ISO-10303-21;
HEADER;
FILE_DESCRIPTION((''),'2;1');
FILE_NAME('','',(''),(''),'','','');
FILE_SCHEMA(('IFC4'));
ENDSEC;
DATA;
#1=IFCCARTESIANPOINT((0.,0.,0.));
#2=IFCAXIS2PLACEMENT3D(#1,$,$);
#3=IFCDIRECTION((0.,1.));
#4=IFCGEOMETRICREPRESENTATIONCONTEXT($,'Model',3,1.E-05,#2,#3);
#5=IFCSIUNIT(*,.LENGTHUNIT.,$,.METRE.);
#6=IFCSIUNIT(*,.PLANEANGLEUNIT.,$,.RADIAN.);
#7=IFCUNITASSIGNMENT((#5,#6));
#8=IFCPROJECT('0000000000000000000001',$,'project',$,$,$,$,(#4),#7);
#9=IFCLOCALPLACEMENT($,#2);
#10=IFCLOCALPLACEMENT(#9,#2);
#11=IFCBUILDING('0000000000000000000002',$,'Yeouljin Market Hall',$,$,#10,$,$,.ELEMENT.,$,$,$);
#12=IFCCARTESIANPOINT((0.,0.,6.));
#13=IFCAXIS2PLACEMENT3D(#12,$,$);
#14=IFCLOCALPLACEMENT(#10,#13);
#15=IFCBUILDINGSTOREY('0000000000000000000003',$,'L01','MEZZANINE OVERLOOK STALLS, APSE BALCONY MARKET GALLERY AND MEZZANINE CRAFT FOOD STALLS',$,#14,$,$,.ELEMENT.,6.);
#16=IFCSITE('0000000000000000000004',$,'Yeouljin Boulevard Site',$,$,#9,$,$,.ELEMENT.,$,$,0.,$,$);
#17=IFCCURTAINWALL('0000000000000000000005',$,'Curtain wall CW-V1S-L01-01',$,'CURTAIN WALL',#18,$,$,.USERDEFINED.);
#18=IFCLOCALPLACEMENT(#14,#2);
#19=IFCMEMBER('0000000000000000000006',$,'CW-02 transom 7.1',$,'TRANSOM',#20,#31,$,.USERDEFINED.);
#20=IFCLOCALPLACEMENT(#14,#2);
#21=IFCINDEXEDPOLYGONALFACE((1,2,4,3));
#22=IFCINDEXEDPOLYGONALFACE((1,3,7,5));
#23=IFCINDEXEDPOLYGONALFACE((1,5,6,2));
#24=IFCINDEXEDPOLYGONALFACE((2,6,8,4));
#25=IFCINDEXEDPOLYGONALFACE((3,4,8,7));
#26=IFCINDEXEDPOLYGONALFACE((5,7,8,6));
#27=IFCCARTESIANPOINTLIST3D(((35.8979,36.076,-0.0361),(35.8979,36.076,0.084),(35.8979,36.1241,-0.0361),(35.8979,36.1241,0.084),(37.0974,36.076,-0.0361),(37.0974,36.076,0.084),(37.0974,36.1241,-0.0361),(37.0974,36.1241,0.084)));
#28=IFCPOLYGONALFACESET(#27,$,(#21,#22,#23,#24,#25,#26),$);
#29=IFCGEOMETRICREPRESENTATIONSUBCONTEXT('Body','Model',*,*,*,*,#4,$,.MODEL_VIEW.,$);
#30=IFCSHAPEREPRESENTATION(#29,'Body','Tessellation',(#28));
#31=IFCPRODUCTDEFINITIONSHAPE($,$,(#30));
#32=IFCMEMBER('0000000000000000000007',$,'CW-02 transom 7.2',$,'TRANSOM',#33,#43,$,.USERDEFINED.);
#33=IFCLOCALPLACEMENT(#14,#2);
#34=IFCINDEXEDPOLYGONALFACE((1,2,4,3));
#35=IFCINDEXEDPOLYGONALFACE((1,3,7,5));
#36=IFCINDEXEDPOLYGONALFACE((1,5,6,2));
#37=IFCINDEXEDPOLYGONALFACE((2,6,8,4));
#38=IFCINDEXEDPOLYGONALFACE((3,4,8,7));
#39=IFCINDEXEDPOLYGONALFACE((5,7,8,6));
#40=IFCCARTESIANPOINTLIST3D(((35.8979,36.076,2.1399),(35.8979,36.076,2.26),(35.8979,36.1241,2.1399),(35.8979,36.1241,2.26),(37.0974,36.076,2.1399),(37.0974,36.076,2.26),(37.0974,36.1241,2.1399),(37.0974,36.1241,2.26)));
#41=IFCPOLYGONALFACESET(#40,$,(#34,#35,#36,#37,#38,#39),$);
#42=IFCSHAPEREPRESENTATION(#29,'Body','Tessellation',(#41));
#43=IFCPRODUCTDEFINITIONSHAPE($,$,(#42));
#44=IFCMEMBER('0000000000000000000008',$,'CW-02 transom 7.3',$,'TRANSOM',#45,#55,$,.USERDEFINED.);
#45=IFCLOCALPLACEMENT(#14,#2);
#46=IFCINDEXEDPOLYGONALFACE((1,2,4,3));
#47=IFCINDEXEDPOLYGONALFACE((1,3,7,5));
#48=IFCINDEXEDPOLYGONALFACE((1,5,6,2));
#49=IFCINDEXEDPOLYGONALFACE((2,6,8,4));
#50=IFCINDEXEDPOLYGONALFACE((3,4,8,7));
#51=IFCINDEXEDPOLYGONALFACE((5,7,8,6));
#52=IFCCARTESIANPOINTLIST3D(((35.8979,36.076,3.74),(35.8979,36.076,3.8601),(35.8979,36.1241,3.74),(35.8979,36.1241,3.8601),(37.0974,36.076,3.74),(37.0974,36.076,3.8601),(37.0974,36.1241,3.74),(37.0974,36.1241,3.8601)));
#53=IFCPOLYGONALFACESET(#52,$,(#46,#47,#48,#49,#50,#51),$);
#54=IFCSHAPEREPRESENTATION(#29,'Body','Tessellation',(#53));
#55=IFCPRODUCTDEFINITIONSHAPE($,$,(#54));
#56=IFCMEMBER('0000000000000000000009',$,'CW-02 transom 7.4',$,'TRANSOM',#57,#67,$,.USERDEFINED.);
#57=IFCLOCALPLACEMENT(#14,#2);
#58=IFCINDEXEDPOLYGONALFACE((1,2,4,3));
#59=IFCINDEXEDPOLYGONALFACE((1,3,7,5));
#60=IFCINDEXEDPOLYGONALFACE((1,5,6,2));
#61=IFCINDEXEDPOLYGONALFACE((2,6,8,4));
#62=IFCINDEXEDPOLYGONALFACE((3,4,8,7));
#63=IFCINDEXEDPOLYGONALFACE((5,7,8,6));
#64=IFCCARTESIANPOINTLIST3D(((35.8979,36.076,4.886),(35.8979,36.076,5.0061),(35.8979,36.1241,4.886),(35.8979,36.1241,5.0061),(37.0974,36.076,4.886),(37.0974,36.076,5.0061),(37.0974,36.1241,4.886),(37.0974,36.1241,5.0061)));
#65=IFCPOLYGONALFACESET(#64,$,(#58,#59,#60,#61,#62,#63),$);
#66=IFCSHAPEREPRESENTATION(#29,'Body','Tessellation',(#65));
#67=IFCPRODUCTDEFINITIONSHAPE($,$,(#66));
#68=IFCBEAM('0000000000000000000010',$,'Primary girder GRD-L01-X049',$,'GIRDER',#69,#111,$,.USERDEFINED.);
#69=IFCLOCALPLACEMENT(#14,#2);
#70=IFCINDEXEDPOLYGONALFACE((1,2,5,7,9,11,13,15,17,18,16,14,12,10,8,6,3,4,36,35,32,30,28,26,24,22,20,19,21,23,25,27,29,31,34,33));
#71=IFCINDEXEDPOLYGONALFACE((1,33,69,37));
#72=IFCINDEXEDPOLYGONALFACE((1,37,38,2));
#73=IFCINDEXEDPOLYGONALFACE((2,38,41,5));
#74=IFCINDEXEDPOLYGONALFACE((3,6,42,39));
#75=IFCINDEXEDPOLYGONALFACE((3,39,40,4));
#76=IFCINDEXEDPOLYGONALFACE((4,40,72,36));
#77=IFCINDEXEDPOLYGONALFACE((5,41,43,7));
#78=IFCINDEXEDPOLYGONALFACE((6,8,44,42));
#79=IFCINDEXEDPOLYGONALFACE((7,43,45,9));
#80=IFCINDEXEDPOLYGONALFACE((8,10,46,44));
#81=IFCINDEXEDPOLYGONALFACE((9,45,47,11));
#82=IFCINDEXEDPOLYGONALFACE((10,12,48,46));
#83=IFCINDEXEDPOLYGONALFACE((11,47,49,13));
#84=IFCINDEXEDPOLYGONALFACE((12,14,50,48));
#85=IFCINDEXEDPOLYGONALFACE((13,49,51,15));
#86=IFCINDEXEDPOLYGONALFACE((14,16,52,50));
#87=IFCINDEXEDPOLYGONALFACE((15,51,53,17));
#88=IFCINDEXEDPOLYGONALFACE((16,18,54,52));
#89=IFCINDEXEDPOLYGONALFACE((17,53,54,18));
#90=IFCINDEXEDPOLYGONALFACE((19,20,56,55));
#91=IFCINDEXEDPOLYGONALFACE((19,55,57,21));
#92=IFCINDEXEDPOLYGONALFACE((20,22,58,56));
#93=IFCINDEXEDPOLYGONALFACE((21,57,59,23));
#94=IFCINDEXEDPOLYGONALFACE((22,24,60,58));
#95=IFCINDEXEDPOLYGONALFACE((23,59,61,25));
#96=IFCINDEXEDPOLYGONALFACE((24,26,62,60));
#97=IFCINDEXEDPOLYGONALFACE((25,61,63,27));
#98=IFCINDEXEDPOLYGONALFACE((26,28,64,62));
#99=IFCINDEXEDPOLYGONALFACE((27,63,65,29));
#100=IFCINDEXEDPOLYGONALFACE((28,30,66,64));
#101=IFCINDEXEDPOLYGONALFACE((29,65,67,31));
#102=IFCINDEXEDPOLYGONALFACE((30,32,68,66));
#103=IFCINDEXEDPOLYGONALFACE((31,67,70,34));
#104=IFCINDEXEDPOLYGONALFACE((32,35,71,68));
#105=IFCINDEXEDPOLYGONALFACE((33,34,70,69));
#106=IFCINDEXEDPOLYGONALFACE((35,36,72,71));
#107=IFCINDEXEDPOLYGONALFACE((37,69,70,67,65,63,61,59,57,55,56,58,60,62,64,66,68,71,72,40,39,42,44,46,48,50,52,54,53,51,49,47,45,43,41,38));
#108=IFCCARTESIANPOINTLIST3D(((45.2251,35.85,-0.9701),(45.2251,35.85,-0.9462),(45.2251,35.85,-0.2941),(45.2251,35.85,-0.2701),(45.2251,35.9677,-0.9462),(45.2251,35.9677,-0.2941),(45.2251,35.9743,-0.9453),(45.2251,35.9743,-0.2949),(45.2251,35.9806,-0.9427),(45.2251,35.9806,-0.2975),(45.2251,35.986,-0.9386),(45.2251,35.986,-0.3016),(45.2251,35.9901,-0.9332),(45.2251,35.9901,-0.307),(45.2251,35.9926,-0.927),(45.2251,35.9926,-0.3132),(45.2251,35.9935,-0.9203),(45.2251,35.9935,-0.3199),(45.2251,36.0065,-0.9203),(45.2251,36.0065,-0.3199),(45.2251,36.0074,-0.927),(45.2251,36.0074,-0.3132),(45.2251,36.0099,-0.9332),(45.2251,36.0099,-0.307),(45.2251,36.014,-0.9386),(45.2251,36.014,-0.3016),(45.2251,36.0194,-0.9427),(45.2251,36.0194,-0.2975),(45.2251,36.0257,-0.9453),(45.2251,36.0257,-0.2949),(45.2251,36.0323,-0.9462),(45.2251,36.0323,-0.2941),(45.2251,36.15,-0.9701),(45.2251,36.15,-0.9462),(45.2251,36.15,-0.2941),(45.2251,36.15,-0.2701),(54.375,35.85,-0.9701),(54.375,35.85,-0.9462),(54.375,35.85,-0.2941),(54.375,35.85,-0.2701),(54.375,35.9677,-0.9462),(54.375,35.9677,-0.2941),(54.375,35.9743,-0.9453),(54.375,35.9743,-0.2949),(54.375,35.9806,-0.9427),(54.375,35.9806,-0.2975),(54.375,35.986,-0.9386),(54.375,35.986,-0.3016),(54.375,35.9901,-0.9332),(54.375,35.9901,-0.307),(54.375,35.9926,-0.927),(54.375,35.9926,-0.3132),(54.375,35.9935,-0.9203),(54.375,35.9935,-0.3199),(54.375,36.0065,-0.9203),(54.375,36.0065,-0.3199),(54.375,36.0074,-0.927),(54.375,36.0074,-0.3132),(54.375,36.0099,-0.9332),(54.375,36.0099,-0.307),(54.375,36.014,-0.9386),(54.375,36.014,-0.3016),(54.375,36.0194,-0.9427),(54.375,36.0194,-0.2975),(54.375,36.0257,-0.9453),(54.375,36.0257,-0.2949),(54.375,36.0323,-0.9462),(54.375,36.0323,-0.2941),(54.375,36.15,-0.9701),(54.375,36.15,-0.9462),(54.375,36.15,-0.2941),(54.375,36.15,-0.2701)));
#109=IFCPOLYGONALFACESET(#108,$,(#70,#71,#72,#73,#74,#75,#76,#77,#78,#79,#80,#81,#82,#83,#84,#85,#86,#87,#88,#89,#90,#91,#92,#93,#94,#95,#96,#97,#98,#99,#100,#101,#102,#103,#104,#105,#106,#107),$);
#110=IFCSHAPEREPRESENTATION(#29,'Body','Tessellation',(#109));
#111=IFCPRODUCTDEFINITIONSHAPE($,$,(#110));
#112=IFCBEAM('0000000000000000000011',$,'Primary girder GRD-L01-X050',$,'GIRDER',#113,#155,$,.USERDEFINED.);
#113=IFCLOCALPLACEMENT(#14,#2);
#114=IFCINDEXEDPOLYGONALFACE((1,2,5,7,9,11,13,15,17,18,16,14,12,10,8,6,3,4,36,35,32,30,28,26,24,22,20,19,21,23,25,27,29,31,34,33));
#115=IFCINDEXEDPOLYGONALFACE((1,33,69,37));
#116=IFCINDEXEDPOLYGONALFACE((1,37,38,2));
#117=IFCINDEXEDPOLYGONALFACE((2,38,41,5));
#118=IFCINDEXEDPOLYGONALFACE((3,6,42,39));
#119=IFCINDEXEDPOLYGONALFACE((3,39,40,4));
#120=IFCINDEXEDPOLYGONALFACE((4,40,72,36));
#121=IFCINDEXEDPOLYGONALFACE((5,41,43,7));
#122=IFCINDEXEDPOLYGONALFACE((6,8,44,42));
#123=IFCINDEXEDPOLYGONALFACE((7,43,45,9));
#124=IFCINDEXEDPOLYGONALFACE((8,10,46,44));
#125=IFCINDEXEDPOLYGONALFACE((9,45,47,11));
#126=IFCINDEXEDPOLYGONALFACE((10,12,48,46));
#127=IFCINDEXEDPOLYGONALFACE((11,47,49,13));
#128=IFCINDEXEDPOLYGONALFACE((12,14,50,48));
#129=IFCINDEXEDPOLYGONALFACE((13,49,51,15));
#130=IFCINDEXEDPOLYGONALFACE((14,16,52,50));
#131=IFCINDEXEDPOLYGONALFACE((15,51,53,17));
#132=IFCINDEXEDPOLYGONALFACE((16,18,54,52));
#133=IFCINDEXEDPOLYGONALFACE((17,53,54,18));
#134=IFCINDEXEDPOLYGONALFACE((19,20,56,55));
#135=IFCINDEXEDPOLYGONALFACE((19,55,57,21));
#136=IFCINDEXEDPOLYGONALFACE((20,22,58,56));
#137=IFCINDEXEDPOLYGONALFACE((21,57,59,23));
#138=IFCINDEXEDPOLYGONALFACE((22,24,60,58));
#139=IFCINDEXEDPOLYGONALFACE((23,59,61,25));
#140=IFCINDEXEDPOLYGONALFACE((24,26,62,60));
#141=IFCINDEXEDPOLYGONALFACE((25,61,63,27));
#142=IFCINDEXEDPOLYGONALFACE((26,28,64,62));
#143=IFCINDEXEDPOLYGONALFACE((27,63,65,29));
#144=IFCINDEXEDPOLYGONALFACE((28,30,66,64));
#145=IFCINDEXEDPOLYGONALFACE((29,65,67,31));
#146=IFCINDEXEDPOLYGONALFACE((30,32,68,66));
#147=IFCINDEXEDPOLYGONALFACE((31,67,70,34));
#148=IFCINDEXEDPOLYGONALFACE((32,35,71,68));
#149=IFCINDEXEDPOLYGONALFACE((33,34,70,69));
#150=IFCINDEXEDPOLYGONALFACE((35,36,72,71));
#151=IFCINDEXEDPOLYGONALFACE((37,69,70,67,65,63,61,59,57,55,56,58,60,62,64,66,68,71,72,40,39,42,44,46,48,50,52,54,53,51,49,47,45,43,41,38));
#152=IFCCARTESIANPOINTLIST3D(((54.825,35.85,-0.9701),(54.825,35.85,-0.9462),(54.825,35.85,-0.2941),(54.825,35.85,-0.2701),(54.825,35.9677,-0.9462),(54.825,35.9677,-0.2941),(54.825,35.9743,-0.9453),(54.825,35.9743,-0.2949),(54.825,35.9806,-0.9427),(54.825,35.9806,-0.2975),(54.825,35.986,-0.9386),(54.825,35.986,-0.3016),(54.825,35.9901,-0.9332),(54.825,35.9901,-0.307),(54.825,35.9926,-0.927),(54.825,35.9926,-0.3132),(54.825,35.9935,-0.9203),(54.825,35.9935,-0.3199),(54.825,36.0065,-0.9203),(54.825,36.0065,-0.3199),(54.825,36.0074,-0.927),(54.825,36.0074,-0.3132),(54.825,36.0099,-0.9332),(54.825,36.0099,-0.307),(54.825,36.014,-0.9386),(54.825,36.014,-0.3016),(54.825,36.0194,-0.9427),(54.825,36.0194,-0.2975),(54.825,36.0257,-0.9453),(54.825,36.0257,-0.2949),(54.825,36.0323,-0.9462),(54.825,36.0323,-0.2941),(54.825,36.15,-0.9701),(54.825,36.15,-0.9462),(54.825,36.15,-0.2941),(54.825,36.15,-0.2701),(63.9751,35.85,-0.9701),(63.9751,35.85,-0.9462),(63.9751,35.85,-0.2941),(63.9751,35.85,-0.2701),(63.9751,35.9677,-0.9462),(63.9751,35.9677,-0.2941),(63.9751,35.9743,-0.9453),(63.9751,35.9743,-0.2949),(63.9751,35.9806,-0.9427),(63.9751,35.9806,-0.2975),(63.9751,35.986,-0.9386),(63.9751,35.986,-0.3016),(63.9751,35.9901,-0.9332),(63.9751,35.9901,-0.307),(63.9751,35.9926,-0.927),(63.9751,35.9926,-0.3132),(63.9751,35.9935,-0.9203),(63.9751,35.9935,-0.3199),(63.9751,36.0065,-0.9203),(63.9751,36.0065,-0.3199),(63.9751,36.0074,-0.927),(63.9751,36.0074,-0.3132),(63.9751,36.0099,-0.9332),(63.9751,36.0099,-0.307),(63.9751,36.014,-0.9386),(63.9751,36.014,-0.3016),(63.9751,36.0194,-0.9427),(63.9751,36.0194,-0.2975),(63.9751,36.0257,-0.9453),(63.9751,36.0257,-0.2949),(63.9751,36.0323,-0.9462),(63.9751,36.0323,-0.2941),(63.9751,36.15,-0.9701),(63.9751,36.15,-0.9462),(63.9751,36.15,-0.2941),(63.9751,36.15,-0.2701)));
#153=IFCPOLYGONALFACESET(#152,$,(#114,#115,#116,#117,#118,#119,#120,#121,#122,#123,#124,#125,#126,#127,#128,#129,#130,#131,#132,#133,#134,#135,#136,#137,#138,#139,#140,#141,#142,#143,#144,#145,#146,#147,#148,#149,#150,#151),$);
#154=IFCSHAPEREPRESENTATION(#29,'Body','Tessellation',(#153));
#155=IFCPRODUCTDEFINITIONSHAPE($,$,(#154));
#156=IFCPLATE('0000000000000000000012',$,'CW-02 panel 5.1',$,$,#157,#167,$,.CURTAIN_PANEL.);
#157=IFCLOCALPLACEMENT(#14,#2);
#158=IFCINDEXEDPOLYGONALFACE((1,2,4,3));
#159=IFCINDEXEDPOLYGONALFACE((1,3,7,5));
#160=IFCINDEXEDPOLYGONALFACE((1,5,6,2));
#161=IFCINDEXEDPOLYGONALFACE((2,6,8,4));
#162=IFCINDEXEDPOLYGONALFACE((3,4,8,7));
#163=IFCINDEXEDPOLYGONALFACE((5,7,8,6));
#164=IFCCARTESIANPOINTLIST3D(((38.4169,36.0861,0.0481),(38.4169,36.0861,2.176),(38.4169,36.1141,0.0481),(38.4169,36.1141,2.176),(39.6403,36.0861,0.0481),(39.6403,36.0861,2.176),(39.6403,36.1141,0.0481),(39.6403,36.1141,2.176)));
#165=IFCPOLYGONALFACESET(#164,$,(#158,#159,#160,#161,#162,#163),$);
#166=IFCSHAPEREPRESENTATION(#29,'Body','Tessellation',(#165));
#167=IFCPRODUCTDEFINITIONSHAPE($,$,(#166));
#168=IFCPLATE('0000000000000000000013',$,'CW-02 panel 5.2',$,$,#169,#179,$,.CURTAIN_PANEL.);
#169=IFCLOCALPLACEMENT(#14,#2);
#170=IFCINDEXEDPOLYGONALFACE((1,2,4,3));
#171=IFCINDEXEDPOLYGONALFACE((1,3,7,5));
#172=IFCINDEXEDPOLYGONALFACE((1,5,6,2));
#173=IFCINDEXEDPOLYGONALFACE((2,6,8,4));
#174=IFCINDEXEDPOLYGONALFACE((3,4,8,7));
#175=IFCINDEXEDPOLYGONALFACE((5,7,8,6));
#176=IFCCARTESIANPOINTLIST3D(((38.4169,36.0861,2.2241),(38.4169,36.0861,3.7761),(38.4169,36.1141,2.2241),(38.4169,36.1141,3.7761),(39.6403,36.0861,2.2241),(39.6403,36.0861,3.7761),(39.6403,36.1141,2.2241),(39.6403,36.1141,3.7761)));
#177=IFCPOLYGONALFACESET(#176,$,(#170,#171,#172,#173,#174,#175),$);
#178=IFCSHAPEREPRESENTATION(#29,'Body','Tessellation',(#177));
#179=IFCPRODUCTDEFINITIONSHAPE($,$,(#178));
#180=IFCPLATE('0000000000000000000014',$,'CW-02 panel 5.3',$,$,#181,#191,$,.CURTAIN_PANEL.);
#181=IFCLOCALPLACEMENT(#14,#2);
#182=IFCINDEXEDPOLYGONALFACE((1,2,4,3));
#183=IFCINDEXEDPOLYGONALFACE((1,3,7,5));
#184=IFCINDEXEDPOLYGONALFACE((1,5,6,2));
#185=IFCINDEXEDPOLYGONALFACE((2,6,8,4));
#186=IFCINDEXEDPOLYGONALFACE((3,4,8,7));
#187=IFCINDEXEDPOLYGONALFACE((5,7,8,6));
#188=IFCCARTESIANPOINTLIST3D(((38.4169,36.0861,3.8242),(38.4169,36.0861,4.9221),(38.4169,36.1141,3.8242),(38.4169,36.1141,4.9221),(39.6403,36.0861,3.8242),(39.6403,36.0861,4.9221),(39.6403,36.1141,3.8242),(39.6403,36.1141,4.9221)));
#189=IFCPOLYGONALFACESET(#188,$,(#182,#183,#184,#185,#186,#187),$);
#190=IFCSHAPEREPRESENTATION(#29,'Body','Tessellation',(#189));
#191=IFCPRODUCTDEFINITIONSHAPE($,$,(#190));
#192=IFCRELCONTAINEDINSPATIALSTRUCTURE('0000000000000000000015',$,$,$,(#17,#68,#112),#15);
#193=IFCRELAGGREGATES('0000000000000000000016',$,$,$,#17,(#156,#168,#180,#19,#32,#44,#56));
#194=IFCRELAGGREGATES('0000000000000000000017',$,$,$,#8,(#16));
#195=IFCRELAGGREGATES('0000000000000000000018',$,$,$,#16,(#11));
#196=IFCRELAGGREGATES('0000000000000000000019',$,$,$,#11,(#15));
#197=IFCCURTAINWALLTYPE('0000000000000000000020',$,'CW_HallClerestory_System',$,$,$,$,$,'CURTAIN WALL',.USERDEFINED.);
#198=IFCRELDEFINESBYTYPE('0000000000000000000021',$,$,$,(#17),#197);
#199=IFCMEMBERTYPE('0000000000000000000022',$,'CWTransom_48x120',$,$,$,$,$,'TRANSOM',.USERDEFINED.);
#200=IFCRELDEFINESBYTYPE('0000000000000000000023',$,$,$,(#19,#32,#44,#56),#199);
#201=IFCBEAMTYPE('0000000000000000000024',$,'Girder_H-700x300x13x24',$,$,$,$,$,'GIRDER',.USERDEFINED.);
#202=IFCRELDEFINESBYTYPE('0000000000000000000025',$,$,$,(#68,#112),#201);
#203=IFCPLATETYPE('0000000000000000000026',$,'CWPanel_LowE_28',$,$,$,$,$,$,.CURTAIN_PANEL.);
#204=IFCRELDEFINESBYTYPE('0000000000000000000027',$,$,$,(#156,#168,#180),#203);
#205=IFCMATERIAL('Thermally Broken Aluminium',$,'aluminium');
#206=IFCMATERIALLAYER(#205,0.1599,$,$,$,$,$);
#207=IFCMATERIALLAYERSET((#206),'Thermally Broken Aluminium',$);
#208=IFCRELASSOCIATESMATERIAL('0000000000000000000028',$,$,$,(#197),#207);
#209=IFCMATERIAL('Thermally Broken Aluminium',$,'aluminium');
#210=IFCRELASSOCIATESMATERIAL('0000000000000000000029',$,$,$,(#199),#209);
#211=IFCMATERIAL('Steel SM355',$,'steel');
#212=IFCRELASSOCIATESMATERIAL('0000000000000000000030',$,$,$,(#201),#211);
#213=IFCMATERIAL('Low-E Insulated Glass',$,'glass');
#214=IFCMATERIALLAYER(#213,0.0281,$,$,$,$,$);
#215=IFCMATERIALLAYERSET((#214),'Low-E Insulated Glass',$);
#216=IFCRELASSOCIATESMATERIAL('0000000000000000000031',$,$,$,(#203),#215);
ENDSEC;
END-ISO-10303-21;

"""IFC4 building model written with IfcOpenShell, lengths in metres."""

from ifc_helpers import new_model, si_unit, direction, frame, origin, origin_2d, place, context, subcontext, project, spatial, rectangle, i_section, extrude, material, layer, layer_set, material_profile, profile_set, type_object, element, aggregate, save


model = new_model("IFC4")

# Units and contexts
model_context = context("Model", 3, precision=1e-05, world=origin(), true_north=direction((0.0, 1.0)))
body_context = subcontext(model_context, "Body", "Model", "MODEL_VIEW")
ifc_project = project(units=[si_unit("LENGTHUNIT", "METRE"), si_unit("PLANEANGLEUNIT", "RADIAN")], contexts=[model_context])

# Site, building, storey
site_placement = place(None, origin())
site = spatial("IfcSite", under=ifc_project, at=site_placement, Name="Yeouljin Boulevard Site", CompositionType="ELEMENT", RefElevation=0.0)
building_placement = place(site_placement, origin())
building = spatial("IfcBuilding", under=site, at=building_placement, Name="Yeouljin Market Hall", CompositionType="ELEMENT")
storey_placement = place(building_placement, frame((0.0, 0.0, 6.0)))
storey = spatial("IfcBuildingStorey", under=building, at=storey_placement, Name="L01", Description="MEZZANINE OVERLOOK STALLS, APSE BALCONY MARKET GALLERY AND MEZZANINE CRAFT FOOD STALLS", CompositionType="ELEMENT", Elevation=6.0)

# Curtain wall, members
ifc_material_1 = material(Name="Thermally Broken Aluminium", Category="aluminium")
ifc_layer_1 = layer(ifc_material_1, 0.1599)
ifc_layer_set_1 = layer_set([ifc_layer_1], Name="Thermally Broken Aluminium")
curtain_wall_type = type_object("IfcCurtainWallType", Name="CW_HallClerestory_System", ElementType="CURTAIN WALL", PredefinedType="USERDEFINED", material=ifc_layer_set_1)
curtain_wall_placement = place(storey_placement, origin())
curtain_wall = element("IfcCurtainWall", 1, at=curtain_wall_placement, inside=storey, type_object=curtain_wall_type, Name="Curtain wall CW-V1S-L01-01", ObjectType="CURTAIN WALL", PredefinedType="USERDEFINED")
ifc_material_2 = material(Name="Thermally Broken Aluminium", Category="aluminium")
ifc_material_profile_1 = material_profile(ifc_material_2, rectangle(XDim=0.0481, YDim=0.1201, at=origin_2d()), Name="CW-TRAN-48x120")
ifc_profile_set_1 = profile_set([ifc_material_profile_1], Name="Thermally Broken Aluminium")
member_type_1 = type_object("IfcMemberType", Name="CWTransom_48x120", ElementType="TRANSOM", PredefinedType="USERDEFINED", material=ifc_profile_set_1)
member_1_placement = place(storey_placement, frame((37.0974, 36.1001, 0.0239), z_axis=(-1.0, 0.0, 0.0), x_axis=(0.0, -1.0, 0.0)))
member_1 = element("IfcMember", 2, at=member_1_placement, type_object=member_type_1, Name="CW-02 transom 7.1", ObjectType="TRANSOM", PredefinedType="USERDEFINED", context=body_context, shape_type="SweptSolid", body=[
    extrude(rectangle(XDim=0.0481, YDim=0.1201, at=origin_2d()), origin(), (0.0, 0.0, 1.0), 1.1995),
])
member_2_placement = place(storey_placement, frame((37.0974, 36.1001, 2.2), z_axis=(-1.0, 0.0, 0.0), x_axis=(0.0, -1.0, 0.0)))
member_2 = element("IfcMember", 3, at=member_2_placement, type_object=member_type_1, Name="CW-02 transom 7.2", ObjectType="TRANSOM", PredefinedType="USERDEFINED", context=body_context, shape_type="SweptSolid", body=[
    extrude(rectangle(XDim=0.0481, YDim=0.1201, at=origin_2d()), origin(), (0.0, 0.0, 1.0), 1.1995),
])
member_3_placement = place(storey_placement, frame((37.0974, 36.1001, 3.8), z_axis=(-1.0, 0.0, 0.0), x_axis=(0.0, -1.0, 0.0)))
member_3 = element("IfcMember", 4, at=member_3_placement, type_object=member_type_1, Name="CW-02 transom 7.3", ObjectType="TRANSOM", PredefinedType="USERDEFINED", context=body_context, shape_type="SweptSolid", body=[
    extrude(rectangle(XDim=0.0481, YDim=0.1201, at=origin_2d()), origin(), (0.0, 0.0, 1.0), 1.1995),
])
member_4_placement = place(storey_placement, frame((37.0974, 36.1001, 4.946), z_axis=(-1.0, 0.0, 0.0), x_axis=(0.0, -1.0, 0.0)))
member_4 = element("IfcMember", 5, at=member_4_placement, type_object=member_type_1, Name="CW-02 transom 7.4", ObjectType="TRANSOM", PredefinedType="USERDEFINED", context=body_context, shape_type="SweptSolid", body=[
    extrude(rectangle(XDim=0.0481, YDim=0.1201, at=origin_2d()), origin(), (0.0, 0.0, 1.0), 1.1995),
])

# Beams
ifc_material_3 = material(Name="Steel SM355", Category="steel")
ifc_material_profile_2 = material_profile(ifc_material_3, i_section(OverallWidth=0.3, OverallDepth=0.7, WebThickness=0.0129, FlangeThickness=0.0239, FilletRadius=0.0259, at=origin_2d()), Name="H-700x300x13x24")
ifc_profile_set_2 = profile_set([ifc_material_profile_2], Name="Steel SM355")
beam_type = type_object("IfcBeamType", Name="Girder_H-700x300x13x24", ElementType="GIRDER", PredefinedType="USERDEFINED", material=ifc_profile_set_2)
beam_1_placement = place(storey_placement, frame((45.2251, 36.0, -0.6201), z_axis=(1.0, 0.0, 0.0), x_axis=(0.0, 1.0, 0.0)))
element("IfcBeam", 6, at=beam_1_placement, inside=storey, type_object=beam_type, Name="Primary girder GRD-L01-X049", ObjectType="GIRDER", PredefinedType="USERDEFINED", context=body_context, shape_type="SweptSolid", body=[
    extrude(i_section(OverallWidth=0.3, OverallDepth=0.7, WebThickness=0.0129, FlangeThickness=0.0239, FilletRadius=0.0259, at=origin_2d()), origin(), (0.0, 0.0, 1.0), 9.1499),
])
beam_2_placement = place(storey_placement, frame((54.825, 36.0, -0.6201), z_axis=(1.0, 0.0, 0.0), x_axis=(0.0, 1.0, 0.0)))
element("IfcBeam", 7, at=beam_2_placement, inside=storey, type_object=beam_type, Name="Primary girder GRD-L01-X050", ObjectType="GIRDER", PredefinedType="USERDEFINED", context=body_context, shape_type="SweptSolid", body=[
    extrude(i_section(OverallWidth=0.3, OverallDepth=0.7, WebThickness=0.0129, FlangeThickness=0.0239, FilletRadius=0.0259, at=origin_2d()), origin(), (0.0, 0.0, 1.0), 9.1501),
])

# Plates
ifc_material_4 = material(Name="Low-E Insulated Glass", Category="glass")
ifc_layer_2 = layer(ifc_material_4, 0.0281)
ifc_layer_set_2 = layer_set([ifc_layer_2], Name="Low-E Insulated Glass")
plate_type = type_object("IfcPlateType", Name="CWPanel_LowE_28", PredefinedType="CURTAIN_PANEL", material=ifc_layer_set_2)
plate_1_placement = place(storey_placement, frame((39.0286, 36.1001, 0.0481), z_axis=(0.0, 0.0, 1.0), x_axis=(-1.0, 0.0, 0.0)))
plate_1 = element("IfcPlate", 8, at=plate_1_placement, type_object=plate_type, Name="CW-02 panel 5.1", PredefinedType="CURTAIN_PANEL", context=body_context, shape_type="SweptSolid", body=[
    extrude(rectangle(XDim=1.2234, YDim=0.0281, at=origin_2d()), origin(), (0.0, 0.0, 1.0), 2.1279),
])
plate_2_placement = place(storey_placement, frame((39.0286, 36.1001, 2.2241), z_axis=(0.0, 0.0, 1.0), x_axis=(-1.0, 0.0, 0.0)))
plate_2 = element("IfcPlate", 9, at=plate_2_placement, type_object=plate_type, Name="CW-02 panel 5.2", PredefinedType="CURTAIN_PANEL", context=body_context, shape_type="SweptSolid", body=[
    extrude(rectangle(XDim=1.2234, YDim=0.0281, at=origin_2d()), origin(), (0.0, 0.0, 1.0), 1.552),
])
plate_3_placement = place(storey_placement, frame((39.0286, 36.1001, 3.8242), z_axis=(0.0, 0.0, 1.0), x_axis=(-1.0, 0.0, 0.0)))
plate_3 = element("IfcPlate", 10, at=plate_3_placement, type_object=plate_type, Name="CW-02 panel 5.3", PredefinedType="CURTAIN_PANEL", context=body_context, shape_type="SweptSolid", body=[
    extrude(rectangle(XDim=1.2234, YDim=0.0281, at=origin_2d()), origin(), (0.0, 0.0, 1.0), 1.0979),
])
aggregate(curtain_wall, [plate_1, plate_2, plate_3, member_1, member_2, member_3, member_4])

save(model, "model.ifc")
